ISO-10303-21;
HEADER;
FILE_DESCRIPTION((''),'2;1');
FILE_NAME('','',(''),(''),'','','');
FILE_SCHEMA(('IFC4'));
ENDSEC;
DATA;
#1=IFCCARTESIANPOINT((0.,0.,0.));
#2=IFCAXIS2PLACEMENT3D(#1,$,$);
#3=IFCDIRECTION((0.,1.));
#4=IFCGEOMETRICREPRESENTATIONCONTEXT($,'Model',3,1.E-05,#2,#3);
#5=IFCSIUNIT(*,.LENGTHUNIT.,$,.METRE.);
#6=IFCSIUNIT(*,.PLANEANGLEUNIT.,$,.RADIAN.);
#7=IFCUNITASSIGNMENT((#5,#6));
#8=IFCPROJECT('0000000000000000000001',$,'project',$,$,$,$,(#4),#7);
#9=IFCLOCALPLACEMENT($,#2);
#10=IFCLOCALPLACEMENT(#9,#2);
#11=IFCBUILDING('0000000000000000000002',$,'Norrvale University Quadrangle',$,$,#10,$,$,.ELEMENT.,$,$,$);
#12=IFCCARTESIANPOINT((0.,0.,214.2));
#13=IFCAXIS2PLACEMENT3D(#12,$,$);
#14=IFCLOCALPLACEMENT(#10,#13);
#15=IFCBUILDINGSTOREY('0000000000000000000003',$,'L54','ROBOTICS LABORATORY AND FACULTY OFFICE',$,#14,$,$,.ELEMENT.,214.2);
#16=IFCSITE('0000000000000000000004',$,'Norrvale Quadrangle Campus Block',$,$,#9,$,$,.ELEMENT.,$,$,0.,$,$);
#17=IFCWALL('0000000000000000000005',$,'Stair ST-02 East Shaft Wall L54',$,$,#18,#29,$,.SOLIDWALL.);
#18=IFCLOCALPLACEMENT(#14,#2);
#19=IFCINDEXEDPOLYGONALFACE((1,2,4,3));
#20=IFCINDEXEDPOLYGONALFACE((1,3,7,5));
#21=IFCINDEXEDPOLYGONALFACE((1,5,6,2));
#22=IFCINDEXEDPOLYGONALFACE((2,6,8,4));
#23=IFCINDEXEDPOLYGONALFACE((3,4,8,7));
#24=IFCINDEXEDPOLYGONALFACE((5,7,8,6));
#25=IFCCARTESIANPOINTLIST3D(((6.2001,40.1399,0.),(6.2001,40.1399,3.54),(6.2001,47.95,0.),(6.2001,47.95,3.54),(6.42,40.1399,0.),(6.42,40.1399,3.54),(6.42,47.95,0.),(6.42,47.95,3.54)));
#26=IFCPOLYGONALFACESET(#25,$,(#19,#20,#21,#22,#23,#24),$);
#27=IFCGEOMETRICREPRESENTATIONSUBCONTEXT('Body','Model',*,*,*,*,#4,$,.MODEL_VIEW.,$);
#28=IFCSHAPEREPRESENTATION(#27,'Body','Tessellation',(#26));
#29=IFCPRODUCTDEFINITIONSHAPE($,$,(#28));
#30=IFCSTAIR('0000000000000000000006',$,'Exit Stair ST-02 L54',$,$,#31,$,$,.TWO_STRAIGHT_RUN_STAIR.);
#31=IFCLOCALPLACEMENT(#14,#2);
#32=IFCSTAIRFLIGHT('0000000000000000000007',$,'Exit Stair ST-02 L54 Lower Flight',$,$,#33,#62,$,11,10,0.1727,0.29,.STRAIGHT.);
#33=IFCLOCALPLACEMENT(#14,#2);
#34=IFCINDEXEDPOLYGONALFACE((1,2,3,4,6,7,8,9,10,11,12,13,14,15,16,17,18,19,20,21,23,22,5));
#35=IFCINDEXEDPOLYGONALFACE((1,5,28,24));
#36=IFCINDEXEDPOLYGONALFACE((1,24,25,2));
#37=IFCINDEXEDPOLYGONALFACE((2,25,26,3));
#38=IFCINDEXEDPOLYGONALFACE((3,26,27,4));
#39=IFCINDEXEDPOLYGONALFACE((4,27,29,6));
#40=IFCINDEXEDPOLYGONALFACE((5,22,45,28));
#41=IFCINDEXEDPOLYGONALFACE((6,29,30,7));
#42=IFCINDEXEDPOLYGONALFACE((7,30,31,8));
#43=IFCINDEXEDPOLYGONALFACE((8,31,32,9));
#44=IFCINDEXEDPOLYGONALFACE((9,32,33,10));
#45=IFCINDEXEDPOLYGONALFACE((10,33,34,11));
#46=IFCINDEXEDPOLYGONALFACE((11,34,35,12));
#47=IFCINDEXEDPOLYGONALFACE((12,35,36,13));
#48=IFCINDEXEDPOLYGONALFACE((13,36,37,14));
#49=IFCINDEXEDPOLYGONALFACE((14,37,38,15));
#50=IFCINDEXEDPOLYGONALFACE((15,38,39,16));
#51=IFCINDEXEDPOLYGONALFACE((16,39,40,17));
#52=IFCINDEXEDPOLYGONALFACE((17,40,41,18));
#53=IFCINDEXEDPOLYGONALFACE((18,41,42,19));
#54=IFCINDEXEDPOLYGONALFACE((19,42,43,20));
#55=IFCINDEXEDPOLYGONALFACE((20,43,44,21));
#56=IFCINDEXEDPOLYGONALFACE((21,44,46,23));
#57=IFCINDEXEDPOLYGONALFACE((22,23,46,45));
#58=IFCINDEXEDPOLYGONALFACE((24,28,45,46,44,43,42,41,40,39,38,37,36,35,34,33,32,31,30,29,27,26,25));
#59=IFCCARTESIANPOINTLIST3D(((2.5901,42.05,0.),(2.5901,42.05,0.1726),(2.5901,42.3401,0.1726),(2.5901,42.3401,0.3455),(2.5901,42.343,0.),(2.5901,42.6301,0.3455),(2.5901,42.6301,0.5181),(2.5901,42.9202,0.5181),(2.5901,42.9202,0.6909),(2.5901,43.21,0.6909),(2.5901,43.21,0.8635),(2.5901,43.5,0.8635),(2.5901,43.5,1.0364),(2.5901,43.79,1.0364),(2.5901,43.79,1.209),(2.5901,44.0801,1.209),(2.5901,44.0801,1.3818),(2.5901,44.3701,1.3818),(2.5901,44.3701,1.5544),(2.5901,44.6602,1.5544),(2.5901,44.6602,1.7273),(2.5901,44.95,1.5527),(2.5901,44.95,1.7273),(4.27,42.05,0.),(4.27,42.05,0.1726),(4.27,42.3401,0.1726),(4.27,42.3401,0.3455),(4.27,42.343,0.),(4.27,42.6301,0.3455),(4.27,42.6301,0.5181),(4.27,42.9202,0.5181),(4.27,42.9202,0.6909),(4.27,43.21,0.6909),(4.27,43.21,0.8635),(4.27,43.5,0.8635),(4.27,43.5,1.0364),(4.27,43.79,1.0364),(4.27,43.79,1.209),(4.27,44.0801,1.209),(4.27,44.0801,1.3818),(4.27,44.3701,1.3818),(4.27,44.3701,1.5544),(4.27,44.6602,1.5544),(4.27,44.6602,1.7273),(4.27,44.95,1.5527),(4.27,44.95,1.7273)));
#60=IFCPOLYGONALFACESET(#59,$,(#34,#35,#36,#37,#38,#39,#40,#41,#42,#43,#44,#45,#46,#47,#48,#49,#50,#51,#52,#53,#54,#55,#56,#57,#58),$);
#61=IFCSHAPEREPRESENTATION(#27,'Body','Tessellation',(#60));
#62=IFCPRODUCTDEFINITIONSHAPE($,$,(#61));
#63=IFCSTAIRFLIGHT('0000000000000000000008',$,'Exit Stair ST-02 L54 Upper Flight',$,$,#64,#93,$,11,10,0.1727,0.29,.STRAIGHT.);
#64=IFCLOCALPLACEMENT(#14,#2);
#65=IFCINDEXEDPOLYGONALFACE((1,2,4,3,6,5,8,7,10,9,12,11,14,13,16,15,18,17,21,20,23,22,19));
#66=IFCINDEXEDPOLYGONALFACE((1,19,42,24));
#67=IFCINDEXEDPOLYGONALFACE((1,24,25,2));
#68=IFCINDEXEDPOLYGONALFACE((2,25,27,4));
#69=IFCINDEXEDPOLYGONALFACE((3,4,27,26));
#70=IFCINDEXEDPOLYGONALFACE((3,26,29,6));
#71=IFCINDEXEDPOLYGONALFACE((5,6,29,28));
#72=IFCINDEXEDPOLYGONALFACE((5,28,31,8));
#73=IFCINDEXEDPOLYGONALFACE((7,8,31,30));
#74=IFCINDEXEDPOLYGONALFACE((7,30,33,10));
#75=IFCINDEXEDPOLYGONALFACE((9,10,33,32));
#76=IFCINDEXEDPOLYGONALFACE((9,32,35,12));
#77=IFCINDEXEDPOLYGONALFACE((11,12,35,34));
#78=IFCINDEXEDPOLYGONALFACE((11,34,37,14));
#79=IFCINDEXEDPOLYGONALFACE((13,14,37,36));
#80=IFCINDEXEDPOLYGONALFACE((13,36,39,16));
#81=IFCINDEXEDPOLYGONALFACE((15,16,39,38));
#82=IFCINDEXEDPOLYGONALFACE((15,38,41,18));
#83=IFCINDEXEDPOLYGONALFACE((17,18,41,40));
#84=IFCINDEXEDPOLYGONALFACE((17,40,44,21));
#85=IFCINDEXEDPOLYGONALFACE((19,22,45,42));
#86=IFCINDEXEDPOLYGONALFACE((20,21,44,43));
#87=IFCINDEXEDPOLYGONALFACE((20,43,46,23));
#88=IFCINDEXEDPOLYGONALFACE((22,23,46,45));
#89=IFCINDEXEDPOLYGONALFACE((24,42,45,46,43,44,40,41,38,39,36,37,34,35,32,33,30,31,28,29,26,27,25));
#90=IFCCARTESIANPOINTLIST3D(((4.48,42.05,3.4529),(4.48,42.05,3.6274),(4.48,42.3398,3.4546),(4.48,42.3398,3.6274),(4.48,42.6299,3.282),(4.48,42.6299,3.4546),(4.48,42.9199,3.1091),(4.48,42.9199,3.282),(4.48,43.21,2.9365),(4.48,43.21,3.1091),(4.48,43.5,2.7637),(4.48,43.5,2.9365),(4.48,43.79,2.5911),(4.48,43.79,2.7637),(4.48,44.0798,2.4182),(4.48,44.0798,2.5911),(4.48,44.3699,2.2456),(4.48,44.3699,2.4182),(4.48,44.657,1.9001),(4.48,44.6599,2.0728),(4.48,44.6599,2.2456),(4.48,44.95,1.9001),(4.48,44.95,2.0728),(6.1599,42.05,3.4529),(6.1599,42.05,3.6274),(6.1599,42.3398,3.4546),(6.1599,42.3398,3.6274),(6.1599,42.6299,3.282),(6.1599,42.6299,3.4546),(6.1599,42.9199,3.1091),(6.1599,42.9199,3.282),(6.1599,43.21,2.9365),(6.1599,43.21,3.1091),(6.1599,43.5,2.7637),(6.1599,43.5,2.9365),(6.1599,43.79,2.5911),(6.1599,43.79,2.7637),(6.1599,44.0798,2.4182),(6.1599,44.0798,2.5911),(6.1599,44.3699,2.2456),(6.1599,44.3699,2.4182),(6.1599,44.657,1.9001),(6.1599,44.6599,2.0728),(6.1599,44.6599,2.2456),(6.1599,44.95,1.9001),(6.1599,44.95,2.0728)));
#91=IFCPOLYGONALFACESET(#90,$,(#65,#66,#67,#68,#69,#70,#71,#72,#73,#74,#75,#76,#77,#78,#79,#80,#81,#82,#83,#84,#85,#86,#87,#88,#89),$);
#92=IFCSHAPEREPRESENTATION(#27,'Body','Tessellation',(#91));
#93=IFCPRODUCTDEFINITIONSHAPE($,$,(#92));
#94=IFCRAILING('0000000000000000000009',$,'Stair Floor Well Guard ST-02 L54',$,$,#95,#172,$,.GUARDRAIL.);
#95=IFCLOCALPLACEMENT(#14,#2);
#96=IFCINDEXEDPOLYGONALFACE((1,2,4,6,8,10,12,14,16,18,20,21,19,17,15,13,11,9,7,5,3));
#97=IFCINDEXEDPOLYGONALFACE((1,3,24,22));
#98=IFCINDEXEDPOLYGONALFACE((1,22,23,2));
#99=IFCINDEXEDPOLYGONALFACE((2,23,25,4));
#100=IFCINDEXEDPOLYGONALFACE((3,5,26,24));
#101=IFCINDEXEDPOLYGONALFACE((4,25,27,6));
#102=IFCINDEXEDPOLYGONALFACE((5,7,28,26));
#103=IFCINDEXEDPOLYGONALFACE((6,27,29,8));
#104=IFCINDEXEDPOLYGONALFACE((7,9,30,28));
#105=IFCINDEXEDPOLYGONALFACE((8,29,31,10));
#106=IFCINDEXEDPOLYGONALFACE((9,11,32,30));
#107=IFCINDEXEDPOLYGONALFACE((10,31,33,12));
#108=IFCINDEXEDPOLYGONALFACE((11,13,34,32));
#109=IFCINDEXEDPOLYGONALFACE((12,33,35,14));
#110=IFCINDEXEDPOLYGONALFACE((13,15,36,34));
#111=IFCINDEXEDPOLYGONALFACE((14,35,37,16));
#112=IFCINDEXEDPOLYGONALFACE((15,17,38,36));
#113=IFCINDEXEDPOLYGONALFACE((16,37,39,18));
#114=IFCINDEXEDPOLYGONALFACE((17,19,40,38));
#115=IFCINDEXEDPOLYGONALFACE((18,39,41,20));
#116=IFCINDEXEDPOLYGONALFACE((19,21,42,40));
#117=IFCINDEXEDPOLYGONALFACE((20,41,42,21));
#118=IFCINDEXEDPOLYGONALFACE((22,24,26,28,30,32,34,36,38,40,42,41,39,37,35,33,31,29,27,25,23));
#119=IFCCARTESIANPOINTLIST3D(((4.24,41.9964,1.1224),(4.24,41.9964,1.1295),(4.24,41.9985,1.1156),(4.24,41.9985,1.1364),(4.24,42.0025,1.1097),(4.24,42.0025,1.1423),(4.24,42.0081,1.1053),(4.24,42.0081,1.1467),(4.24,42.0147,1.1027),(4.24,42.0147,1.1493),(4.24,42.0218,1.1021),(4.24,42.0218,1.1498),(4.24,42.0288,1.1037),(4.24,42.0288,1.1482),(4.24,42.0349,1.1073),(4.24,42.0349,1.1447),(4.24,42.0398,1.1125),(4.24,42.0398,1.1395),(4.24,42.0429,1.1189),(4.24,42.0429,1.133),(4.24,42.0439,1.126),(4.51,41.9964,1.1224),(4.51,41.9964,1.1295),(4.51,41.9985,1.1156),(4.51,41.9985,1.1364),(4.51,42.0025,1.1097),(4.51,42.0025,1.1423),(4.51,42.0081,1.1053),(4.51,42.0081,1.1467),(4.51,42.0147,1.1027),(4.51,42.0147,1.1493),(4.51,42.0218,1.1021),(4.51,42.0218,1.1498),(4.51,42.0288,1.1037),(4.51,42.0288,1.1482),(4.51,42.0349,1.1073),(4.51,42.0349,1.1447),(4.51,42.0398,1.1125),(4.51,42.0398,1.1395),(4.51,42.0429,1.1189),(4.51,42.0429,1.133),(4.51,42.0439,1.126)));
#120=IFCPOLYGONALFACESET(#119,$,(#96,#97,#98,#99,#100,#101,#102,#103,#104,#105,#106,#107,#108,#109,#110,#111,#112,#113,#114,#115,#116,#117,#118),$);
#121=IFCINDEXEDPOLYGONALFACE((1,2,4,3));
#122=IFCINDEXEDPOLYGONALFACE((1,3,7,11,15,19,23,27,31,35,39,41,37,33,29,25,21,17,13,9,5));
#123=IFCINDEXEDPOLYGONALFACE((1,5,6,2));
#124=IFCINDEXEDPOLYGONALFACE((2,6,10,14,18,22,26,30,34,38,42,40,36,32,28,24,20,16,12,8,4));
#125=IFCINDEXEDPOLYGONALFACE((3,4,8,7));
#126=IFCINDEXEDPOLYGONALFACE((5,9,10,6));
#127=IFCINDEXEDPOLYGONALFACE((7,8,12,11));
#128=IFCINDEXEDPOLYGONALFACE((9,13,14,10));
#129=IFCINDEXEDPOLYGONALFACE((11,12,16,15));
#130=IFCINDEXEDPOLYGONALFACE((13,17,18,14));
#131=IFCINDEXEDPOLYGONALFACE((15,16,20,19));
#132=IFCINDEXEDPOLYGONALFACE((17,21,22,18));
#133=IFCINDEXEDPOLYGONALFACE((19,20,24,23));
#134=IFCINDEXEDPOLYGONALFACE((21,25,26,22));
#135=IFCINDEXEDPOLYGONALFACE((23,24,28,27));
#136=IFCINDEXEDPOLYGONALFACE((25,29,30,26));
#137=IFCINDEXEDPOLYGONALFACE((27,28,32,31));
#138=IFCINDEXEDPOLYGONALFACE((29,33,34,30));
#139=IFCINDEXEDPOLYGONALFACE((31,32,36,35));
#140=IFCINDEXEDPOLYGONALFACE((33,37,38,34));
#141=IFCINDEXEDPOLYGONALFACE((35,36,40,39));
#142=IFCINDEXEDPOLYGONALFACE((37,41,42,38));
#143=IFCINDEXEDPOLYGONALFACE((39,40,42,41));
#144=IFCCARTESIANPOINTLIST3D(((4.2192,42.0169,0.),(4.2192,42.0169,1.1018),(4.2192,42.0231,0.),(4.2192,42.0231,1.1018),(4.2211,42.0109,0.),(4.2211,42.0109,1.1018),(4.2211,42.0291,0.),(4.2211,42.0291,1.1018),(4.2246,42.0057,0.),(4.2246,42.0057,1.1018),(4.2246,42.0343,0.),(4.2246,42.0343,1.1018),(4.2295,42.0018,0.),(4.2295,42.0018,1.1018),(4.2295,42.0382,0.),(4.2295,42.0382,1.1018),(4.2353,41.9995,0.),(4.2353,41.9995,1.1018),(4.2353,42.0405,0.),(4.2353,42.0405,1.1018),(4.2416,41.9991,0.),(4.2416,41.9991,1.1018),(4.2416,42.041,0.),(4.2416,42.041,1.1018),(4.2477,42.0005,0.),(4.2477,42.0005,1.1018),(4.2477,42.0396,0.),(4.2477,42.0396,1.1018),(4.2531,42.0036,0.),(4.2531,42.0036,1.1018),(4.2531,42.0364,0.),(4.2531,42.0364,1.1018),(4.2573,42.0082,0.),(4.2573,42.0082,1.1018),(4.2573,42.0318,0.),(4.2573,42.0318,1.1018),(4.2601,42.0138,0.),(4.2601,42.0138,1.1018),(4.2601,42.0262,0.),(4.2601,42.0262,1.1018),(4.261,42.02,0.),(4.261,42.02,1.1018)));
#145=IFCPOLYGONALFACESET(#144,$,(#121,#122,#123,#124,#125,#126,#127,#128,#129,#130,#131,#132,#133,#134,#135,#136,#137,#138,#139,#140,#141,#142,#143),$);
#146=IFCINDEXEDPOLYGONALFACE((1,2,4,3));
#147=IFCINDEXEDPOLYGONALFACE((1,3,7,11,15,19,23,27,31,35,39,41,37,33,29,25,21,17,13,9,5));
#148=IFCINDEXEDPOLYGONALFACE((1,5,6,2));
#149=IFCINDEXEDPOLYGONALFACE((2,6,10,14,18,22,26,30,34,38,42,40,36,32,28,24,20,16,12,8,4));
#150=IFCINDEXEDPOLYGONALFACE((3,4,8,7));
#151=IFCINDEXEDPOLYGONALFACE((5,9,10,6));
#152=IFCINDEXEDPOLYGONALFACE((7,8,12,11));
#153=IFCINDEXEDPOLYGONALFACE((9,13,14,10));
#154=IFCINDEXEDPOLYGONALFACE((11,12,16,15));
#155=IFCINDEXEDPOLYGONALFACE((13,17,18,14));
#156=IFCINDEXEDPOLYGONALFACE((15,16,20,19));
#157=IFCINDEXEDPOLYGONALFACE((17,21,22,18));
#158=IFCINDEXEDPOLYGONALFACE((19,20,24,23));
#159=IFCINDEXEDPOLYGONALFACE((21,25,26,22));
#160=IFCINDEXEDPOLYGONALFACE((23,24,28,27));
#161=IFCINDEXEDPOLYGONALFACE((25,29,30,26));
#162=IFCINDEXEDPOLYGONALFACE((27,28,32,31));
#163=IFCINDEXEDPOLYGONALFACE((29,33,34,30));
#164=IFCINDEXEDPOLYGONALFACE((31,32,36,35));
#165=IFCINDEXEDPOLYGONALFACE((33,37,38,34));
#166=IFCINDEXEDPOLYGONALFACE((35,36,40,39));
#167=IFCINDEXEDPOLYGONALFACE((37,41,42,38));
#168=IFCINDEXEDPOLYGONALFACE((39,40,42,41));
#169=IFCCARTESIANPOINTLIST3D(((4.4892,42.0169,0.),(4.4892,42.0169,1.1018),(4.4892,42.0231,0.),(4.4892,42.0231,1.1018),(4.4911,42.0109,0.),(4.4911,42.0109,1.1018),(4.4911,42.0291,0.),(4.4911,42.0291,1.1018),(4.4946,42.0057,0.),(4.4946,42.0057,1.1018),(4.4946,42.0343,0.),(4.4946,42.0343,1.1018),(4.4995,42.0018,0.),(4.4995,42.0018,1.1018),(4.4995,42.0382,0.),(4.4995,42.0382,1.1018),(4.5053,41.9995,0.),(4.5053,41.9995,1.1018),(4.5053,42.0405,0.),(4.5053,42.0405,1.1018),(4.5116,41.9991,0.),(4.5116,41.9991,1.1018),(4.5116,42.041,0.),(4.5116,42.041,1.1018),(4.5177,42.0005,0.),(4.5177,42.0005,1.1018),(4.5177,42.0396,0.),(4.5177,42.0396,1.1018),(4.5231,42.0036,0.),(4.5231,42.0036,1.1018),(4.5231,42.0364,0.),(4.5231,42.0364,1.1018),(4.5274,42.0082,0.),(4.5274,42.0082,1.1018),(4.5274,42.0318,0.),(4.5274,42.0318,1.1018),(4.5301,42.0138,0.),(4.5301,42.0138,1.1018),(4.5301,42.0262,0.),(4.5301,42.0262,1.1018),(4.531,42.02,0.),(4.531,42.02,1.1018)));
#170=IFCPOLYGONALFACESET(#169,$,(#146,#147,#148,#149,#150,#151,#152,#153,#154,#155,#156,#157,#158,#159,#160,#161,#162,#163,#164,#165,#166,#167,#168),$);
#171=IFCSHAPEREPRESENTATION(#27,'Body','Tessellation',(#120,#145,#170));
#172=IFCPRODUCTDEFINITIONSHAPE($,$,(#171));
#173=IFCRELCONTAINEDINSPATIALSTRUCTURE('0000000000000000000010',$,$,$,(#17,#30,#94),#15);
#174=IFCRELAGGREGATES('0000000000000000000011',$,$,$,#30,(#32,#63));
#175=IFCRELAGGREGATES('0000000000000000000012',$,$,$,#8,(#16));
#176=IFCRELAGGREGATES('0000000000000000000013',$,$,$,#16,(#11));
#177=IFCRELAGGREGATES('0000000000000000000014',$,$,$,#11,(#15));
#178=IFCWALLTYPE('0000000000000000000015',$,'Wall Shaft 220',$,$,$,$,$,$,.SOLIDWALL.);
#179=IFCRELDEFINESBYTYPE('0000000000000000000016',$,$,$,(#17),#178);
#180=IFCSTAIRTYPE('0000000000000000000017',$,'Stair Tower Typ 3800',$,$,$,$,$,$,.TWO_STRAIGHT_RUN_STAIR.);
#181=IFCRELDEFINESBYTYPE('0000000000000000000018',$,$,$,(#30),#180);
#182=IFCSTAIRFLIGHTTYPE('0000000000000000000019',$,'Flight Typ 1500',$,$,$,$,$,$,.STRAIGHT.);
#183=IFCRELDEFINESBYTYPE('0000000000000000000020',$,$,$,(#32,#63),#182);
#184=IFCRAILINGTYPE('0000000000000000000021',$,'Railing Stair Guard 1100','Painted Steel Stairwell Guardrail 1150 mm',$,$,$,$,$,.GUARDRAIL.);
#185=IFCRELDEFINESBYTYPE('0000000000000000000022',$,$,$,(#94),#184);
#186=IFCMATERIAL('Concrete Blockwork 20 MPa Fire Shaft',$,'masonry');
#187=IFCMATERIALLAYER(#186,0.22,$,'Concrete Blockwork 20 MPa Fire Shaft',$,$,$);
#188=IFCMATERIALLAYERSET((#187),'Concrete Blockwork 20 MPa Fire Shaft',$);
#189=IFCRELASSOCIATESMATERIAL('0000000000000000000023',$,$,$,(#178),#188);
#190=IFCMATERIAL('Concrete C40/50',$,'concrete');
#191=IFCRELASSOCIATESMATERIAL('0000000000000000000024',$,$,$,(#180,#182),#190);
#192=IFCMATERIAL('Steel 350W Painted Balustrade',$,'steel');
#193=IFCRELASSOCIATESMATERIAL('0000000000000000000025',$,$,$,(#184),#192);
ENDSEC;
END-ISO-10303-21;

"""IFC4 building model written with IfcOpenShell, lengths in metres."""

from ifc_helpers import new_model, si_unit, direction, frame, frame_2d, origin, origin_2d, place, context, subcontext, project, spatial, polyline, rectangle, circle, outline, extrude, material, layer, layer_set, type_object, element, aggregate, save


model = new_model("IFC4")

# Units and contexts
model_context = context("Model", 3, precision=1e-05, world=origin(), true_north=direction((0.0, 1.0)))
body_context = subcontext(model_context, "Body", "Model", "MODEL_VIEW")
ifc_project = project(units=[si_unit("LENGTHUNIT", "METRE"), si_unit("PLANEANGLEUNIT", "RADIAN")], contexts=[model_context])

# Site, building, storey
site_placement = place(None, origin())
site = spatial("IfcSite", under=ifc_project, at=site_placement, Name="Norrvale Quadrangle Campus Block", CompositionType="ELEMENT", RefElevation=0.0)
building_placement = place(site_placement, origin())
building = spatial("IfcBuilding", under=site, at=building_placement, Name="Norrvale University Quadrangle", CompositionType="ELEMENT")
storey_placement = place(building_placement, frame((0.0, 0.0, 214.2)))
storey = spatial("IfcBuildingStorey", under=building, at=storey_placement, Name="L54", Description="ROBOTICS LABORATORY AND FACULTY OFFICE", CompositionType="ELEMENT", Elevation=214.2)

# Shared definitions
ifc_material_1 = material(Name="Concrete Blockwork 20 MPa Fire Shaft", Category="masonry")
ifc_layer_1 = layer(ifc_material_1, 0.22, Name="Concrete Blockwork 20 MPa Fire Shaft")
ifc_layer_set_1 = layer_set([ifc_layer_1], Name="Concrete Blockwork 20 MPa Fire Shaft")
wall_type_1 = type_object("IfcWallType", Name="Wall Shaft 220", PredefinedType="SOLIDWALL", material=ifc_layer_set_1)

# Wall
wall_1_placement = place(storey_placement, frame((6.3101, 40.1399, 0.0), z_axis=(0.0, 0.0, 1.0), x_axis=(0.0, 1.0, 0.0)))
element("IfcWall", 1, at=wall_1_placement, inside=storey, type_object=wall_type_1, Name="Stair ST-02 East Shaft Wall L54", PredefinedType="SOLIDWALL", context=body_context, shape_type="SweptSolid", body=[
    extrude(rectangle(XDim=7.8101, YDim=0.22, at=frame_2d((3.905, 0.0))), origin(), (0.0, 0.0, 1.0), 3.54),
])

# Stair, stair flights
ifc_material_2 = material(Name="Concrete C40/50", Category="concrete")
stair_type = type_object("IfcStairType", Name="Stair Tower Typ 3800", PredefinedType="TWO_STRAIGHT_RUN_STAIR", material=ifc_material_2)
stair_placement = place(storey_placement, origin())
stair = element("IfcStair", 2, at=stair_placement, inside=storey, type_object=stair_type, Name="Exit Stair ST-02 L54", PredefinedType="TWO_STRAIGHT_RUN_STAIR")
stair_flight_type = type_object("IfcStairFlightType", Name="Flight Typ 1500", PredefinedType="STRAIGHT", material=ifc_material_2)
stair_flight_1_placement = place(storey_placement, frame((3.4299, 42.05, 0.0), z_axis=(0.0, 0.0, 1.0), x_axis=(0.0, 1.0, 0.0)))
stair_flight_1 = element("IfcStairFlight", 3, at=stair_flight_1_placement, type_object=stair_flight_type, Name="Exit Stair ST-02 L54 Lower Flight", NumberOfRisers=11, NumberOfTreads=10, PredefinedType="STRAIGHT", RiserHeight=0.1727, TreadLength=0.29, context=body_context, shape_type="SweptSolid", body=[
    extrude(outline(polyline([(0.0, 0.0), (0.0, 0.1726), (0.29, 0.1726), (0.29, 0.3455), (0.5801, 0.3455), (0.5801, 0.5181), (0.8701, 0.5181), (0.8701, 0.6909), (1.1599, 0.6909), (1.1599, 0.8635), (1.45, 0.8635), (1.45, 1.0364), (1.74, 1.0364), (1.74, 1.209), (2.03, 1.209), (2.03, 1.3818), (2.3201, 1.3818), (2.3201, 1.5544), (2.6101, 1.5544), (2.6101, 1.7273), (2.8999, 1.7273), (2.8999, 1.8999), (2.8999, 1.5527), (0.293, 0.0), (0.0, 0.0)])), frame((0.0, 0.8398, 0.0), z_axis=(0.0, -1.0, 0.0), x_axis=(1.0, 0.0, 0.0)), (0.0, 0.0, 1.0), 1.6799),
])
stair_flight_2_placement = place(storey_placement, frame((5.3201, 44.95, 1.9001), z_axis=(0.0, 0.0, 1.0), x_axis=(0.0, -1.0, 0.0)))
stair_flight_2 = element("IfcStairFlight", 4, at=stair_flight_2_placement, type_object=stair_flight_type, Name="Exit Stair ST-02 L54 Upper Flight", NumberOfRisers=11, NumberOfTreads=10, PredefinedType="STRAIGHT", RiserHeight=0.1727, TreadLength=0.29, context=body_context, shape_type="SweptSolid", body=[
    extrude(outline(polyline([(0.0, 0.0), (0.0, 0.1726), (0.29, 0.1726), (0.29, 0.3455), (0.5801, 0.3455), (0.5801, 0.5181), (0.8701, 0.5181), (0.8701, 0.6909), (1.1599, 0.6909), (1.1599, 0.8635), (1.45, 0.8635), (1.45, 1.0364), (1.74, 1.0364), (1.74, 1.209), (2.03, 1.209), (2.03, 1.3818), (2.3201, 1.3818), (2.3201, 1.5544), (2.6101, 1.5544), (2.6101, 1.7273), (2.8999, 1.7273), (2.8999, 1.8999), (2.8999, 1.5527), (0.293, 0.0), (0.0, 0.0)])), frame((0.0, 0.8398, 0.0), z_axis=(0.0, -1.0, 0.0), x_axis=(1.0, 0.0, 0.0)), (0.0, 0.0, 1.0), 1.6799),
])
aggregate(stair, [stair_flight_1, stair_flight_2])

# Railing
ifc_material_3 = material(Name="Steel 350W Painted Balustrade", Category="steel")
railing_type_1 = type_object("IfcRailingType", Name="Railing Stair Guard 1100", Description="Painted Steel Stairwell Guardrail 1150 mm", PredefinedType="GUARDRAIL", material=ifc_material_3)
railing_1_placement = place(storey_placement, frame((4.24, 42.02, 0.0)))
element("IfcRailing", 5, at=railing_1_placement, inside=storey, type_object=railing_type_1, Name="Stair Floor Well Guard ST-02 L54", PredefinedType="GUARDRAIL", context=body_context, shape_type="SweptSolid", body=[
    extrude(circle(Radius=0.0239, at=origin_2d()), frame((0.0, 0.0, 1.126), z_axis=(1.0, 0.0, 0.0), x_axis=(0.0, 1.0, 0.0)), (0.0, 0.0, 1.0), 0.27),
    extrude(circle(Radius=0.021, at=origin_2d()), origin(), (0.0, 0.0, 1.0), 1.1018),
    extrude(circle(Radius=0.021, at=origin_2d()), frame((0.27, 0.0, 0.0)), (0.0, 0.0, 1.0), 1.1018),
])

save(model, "model.ifc")
